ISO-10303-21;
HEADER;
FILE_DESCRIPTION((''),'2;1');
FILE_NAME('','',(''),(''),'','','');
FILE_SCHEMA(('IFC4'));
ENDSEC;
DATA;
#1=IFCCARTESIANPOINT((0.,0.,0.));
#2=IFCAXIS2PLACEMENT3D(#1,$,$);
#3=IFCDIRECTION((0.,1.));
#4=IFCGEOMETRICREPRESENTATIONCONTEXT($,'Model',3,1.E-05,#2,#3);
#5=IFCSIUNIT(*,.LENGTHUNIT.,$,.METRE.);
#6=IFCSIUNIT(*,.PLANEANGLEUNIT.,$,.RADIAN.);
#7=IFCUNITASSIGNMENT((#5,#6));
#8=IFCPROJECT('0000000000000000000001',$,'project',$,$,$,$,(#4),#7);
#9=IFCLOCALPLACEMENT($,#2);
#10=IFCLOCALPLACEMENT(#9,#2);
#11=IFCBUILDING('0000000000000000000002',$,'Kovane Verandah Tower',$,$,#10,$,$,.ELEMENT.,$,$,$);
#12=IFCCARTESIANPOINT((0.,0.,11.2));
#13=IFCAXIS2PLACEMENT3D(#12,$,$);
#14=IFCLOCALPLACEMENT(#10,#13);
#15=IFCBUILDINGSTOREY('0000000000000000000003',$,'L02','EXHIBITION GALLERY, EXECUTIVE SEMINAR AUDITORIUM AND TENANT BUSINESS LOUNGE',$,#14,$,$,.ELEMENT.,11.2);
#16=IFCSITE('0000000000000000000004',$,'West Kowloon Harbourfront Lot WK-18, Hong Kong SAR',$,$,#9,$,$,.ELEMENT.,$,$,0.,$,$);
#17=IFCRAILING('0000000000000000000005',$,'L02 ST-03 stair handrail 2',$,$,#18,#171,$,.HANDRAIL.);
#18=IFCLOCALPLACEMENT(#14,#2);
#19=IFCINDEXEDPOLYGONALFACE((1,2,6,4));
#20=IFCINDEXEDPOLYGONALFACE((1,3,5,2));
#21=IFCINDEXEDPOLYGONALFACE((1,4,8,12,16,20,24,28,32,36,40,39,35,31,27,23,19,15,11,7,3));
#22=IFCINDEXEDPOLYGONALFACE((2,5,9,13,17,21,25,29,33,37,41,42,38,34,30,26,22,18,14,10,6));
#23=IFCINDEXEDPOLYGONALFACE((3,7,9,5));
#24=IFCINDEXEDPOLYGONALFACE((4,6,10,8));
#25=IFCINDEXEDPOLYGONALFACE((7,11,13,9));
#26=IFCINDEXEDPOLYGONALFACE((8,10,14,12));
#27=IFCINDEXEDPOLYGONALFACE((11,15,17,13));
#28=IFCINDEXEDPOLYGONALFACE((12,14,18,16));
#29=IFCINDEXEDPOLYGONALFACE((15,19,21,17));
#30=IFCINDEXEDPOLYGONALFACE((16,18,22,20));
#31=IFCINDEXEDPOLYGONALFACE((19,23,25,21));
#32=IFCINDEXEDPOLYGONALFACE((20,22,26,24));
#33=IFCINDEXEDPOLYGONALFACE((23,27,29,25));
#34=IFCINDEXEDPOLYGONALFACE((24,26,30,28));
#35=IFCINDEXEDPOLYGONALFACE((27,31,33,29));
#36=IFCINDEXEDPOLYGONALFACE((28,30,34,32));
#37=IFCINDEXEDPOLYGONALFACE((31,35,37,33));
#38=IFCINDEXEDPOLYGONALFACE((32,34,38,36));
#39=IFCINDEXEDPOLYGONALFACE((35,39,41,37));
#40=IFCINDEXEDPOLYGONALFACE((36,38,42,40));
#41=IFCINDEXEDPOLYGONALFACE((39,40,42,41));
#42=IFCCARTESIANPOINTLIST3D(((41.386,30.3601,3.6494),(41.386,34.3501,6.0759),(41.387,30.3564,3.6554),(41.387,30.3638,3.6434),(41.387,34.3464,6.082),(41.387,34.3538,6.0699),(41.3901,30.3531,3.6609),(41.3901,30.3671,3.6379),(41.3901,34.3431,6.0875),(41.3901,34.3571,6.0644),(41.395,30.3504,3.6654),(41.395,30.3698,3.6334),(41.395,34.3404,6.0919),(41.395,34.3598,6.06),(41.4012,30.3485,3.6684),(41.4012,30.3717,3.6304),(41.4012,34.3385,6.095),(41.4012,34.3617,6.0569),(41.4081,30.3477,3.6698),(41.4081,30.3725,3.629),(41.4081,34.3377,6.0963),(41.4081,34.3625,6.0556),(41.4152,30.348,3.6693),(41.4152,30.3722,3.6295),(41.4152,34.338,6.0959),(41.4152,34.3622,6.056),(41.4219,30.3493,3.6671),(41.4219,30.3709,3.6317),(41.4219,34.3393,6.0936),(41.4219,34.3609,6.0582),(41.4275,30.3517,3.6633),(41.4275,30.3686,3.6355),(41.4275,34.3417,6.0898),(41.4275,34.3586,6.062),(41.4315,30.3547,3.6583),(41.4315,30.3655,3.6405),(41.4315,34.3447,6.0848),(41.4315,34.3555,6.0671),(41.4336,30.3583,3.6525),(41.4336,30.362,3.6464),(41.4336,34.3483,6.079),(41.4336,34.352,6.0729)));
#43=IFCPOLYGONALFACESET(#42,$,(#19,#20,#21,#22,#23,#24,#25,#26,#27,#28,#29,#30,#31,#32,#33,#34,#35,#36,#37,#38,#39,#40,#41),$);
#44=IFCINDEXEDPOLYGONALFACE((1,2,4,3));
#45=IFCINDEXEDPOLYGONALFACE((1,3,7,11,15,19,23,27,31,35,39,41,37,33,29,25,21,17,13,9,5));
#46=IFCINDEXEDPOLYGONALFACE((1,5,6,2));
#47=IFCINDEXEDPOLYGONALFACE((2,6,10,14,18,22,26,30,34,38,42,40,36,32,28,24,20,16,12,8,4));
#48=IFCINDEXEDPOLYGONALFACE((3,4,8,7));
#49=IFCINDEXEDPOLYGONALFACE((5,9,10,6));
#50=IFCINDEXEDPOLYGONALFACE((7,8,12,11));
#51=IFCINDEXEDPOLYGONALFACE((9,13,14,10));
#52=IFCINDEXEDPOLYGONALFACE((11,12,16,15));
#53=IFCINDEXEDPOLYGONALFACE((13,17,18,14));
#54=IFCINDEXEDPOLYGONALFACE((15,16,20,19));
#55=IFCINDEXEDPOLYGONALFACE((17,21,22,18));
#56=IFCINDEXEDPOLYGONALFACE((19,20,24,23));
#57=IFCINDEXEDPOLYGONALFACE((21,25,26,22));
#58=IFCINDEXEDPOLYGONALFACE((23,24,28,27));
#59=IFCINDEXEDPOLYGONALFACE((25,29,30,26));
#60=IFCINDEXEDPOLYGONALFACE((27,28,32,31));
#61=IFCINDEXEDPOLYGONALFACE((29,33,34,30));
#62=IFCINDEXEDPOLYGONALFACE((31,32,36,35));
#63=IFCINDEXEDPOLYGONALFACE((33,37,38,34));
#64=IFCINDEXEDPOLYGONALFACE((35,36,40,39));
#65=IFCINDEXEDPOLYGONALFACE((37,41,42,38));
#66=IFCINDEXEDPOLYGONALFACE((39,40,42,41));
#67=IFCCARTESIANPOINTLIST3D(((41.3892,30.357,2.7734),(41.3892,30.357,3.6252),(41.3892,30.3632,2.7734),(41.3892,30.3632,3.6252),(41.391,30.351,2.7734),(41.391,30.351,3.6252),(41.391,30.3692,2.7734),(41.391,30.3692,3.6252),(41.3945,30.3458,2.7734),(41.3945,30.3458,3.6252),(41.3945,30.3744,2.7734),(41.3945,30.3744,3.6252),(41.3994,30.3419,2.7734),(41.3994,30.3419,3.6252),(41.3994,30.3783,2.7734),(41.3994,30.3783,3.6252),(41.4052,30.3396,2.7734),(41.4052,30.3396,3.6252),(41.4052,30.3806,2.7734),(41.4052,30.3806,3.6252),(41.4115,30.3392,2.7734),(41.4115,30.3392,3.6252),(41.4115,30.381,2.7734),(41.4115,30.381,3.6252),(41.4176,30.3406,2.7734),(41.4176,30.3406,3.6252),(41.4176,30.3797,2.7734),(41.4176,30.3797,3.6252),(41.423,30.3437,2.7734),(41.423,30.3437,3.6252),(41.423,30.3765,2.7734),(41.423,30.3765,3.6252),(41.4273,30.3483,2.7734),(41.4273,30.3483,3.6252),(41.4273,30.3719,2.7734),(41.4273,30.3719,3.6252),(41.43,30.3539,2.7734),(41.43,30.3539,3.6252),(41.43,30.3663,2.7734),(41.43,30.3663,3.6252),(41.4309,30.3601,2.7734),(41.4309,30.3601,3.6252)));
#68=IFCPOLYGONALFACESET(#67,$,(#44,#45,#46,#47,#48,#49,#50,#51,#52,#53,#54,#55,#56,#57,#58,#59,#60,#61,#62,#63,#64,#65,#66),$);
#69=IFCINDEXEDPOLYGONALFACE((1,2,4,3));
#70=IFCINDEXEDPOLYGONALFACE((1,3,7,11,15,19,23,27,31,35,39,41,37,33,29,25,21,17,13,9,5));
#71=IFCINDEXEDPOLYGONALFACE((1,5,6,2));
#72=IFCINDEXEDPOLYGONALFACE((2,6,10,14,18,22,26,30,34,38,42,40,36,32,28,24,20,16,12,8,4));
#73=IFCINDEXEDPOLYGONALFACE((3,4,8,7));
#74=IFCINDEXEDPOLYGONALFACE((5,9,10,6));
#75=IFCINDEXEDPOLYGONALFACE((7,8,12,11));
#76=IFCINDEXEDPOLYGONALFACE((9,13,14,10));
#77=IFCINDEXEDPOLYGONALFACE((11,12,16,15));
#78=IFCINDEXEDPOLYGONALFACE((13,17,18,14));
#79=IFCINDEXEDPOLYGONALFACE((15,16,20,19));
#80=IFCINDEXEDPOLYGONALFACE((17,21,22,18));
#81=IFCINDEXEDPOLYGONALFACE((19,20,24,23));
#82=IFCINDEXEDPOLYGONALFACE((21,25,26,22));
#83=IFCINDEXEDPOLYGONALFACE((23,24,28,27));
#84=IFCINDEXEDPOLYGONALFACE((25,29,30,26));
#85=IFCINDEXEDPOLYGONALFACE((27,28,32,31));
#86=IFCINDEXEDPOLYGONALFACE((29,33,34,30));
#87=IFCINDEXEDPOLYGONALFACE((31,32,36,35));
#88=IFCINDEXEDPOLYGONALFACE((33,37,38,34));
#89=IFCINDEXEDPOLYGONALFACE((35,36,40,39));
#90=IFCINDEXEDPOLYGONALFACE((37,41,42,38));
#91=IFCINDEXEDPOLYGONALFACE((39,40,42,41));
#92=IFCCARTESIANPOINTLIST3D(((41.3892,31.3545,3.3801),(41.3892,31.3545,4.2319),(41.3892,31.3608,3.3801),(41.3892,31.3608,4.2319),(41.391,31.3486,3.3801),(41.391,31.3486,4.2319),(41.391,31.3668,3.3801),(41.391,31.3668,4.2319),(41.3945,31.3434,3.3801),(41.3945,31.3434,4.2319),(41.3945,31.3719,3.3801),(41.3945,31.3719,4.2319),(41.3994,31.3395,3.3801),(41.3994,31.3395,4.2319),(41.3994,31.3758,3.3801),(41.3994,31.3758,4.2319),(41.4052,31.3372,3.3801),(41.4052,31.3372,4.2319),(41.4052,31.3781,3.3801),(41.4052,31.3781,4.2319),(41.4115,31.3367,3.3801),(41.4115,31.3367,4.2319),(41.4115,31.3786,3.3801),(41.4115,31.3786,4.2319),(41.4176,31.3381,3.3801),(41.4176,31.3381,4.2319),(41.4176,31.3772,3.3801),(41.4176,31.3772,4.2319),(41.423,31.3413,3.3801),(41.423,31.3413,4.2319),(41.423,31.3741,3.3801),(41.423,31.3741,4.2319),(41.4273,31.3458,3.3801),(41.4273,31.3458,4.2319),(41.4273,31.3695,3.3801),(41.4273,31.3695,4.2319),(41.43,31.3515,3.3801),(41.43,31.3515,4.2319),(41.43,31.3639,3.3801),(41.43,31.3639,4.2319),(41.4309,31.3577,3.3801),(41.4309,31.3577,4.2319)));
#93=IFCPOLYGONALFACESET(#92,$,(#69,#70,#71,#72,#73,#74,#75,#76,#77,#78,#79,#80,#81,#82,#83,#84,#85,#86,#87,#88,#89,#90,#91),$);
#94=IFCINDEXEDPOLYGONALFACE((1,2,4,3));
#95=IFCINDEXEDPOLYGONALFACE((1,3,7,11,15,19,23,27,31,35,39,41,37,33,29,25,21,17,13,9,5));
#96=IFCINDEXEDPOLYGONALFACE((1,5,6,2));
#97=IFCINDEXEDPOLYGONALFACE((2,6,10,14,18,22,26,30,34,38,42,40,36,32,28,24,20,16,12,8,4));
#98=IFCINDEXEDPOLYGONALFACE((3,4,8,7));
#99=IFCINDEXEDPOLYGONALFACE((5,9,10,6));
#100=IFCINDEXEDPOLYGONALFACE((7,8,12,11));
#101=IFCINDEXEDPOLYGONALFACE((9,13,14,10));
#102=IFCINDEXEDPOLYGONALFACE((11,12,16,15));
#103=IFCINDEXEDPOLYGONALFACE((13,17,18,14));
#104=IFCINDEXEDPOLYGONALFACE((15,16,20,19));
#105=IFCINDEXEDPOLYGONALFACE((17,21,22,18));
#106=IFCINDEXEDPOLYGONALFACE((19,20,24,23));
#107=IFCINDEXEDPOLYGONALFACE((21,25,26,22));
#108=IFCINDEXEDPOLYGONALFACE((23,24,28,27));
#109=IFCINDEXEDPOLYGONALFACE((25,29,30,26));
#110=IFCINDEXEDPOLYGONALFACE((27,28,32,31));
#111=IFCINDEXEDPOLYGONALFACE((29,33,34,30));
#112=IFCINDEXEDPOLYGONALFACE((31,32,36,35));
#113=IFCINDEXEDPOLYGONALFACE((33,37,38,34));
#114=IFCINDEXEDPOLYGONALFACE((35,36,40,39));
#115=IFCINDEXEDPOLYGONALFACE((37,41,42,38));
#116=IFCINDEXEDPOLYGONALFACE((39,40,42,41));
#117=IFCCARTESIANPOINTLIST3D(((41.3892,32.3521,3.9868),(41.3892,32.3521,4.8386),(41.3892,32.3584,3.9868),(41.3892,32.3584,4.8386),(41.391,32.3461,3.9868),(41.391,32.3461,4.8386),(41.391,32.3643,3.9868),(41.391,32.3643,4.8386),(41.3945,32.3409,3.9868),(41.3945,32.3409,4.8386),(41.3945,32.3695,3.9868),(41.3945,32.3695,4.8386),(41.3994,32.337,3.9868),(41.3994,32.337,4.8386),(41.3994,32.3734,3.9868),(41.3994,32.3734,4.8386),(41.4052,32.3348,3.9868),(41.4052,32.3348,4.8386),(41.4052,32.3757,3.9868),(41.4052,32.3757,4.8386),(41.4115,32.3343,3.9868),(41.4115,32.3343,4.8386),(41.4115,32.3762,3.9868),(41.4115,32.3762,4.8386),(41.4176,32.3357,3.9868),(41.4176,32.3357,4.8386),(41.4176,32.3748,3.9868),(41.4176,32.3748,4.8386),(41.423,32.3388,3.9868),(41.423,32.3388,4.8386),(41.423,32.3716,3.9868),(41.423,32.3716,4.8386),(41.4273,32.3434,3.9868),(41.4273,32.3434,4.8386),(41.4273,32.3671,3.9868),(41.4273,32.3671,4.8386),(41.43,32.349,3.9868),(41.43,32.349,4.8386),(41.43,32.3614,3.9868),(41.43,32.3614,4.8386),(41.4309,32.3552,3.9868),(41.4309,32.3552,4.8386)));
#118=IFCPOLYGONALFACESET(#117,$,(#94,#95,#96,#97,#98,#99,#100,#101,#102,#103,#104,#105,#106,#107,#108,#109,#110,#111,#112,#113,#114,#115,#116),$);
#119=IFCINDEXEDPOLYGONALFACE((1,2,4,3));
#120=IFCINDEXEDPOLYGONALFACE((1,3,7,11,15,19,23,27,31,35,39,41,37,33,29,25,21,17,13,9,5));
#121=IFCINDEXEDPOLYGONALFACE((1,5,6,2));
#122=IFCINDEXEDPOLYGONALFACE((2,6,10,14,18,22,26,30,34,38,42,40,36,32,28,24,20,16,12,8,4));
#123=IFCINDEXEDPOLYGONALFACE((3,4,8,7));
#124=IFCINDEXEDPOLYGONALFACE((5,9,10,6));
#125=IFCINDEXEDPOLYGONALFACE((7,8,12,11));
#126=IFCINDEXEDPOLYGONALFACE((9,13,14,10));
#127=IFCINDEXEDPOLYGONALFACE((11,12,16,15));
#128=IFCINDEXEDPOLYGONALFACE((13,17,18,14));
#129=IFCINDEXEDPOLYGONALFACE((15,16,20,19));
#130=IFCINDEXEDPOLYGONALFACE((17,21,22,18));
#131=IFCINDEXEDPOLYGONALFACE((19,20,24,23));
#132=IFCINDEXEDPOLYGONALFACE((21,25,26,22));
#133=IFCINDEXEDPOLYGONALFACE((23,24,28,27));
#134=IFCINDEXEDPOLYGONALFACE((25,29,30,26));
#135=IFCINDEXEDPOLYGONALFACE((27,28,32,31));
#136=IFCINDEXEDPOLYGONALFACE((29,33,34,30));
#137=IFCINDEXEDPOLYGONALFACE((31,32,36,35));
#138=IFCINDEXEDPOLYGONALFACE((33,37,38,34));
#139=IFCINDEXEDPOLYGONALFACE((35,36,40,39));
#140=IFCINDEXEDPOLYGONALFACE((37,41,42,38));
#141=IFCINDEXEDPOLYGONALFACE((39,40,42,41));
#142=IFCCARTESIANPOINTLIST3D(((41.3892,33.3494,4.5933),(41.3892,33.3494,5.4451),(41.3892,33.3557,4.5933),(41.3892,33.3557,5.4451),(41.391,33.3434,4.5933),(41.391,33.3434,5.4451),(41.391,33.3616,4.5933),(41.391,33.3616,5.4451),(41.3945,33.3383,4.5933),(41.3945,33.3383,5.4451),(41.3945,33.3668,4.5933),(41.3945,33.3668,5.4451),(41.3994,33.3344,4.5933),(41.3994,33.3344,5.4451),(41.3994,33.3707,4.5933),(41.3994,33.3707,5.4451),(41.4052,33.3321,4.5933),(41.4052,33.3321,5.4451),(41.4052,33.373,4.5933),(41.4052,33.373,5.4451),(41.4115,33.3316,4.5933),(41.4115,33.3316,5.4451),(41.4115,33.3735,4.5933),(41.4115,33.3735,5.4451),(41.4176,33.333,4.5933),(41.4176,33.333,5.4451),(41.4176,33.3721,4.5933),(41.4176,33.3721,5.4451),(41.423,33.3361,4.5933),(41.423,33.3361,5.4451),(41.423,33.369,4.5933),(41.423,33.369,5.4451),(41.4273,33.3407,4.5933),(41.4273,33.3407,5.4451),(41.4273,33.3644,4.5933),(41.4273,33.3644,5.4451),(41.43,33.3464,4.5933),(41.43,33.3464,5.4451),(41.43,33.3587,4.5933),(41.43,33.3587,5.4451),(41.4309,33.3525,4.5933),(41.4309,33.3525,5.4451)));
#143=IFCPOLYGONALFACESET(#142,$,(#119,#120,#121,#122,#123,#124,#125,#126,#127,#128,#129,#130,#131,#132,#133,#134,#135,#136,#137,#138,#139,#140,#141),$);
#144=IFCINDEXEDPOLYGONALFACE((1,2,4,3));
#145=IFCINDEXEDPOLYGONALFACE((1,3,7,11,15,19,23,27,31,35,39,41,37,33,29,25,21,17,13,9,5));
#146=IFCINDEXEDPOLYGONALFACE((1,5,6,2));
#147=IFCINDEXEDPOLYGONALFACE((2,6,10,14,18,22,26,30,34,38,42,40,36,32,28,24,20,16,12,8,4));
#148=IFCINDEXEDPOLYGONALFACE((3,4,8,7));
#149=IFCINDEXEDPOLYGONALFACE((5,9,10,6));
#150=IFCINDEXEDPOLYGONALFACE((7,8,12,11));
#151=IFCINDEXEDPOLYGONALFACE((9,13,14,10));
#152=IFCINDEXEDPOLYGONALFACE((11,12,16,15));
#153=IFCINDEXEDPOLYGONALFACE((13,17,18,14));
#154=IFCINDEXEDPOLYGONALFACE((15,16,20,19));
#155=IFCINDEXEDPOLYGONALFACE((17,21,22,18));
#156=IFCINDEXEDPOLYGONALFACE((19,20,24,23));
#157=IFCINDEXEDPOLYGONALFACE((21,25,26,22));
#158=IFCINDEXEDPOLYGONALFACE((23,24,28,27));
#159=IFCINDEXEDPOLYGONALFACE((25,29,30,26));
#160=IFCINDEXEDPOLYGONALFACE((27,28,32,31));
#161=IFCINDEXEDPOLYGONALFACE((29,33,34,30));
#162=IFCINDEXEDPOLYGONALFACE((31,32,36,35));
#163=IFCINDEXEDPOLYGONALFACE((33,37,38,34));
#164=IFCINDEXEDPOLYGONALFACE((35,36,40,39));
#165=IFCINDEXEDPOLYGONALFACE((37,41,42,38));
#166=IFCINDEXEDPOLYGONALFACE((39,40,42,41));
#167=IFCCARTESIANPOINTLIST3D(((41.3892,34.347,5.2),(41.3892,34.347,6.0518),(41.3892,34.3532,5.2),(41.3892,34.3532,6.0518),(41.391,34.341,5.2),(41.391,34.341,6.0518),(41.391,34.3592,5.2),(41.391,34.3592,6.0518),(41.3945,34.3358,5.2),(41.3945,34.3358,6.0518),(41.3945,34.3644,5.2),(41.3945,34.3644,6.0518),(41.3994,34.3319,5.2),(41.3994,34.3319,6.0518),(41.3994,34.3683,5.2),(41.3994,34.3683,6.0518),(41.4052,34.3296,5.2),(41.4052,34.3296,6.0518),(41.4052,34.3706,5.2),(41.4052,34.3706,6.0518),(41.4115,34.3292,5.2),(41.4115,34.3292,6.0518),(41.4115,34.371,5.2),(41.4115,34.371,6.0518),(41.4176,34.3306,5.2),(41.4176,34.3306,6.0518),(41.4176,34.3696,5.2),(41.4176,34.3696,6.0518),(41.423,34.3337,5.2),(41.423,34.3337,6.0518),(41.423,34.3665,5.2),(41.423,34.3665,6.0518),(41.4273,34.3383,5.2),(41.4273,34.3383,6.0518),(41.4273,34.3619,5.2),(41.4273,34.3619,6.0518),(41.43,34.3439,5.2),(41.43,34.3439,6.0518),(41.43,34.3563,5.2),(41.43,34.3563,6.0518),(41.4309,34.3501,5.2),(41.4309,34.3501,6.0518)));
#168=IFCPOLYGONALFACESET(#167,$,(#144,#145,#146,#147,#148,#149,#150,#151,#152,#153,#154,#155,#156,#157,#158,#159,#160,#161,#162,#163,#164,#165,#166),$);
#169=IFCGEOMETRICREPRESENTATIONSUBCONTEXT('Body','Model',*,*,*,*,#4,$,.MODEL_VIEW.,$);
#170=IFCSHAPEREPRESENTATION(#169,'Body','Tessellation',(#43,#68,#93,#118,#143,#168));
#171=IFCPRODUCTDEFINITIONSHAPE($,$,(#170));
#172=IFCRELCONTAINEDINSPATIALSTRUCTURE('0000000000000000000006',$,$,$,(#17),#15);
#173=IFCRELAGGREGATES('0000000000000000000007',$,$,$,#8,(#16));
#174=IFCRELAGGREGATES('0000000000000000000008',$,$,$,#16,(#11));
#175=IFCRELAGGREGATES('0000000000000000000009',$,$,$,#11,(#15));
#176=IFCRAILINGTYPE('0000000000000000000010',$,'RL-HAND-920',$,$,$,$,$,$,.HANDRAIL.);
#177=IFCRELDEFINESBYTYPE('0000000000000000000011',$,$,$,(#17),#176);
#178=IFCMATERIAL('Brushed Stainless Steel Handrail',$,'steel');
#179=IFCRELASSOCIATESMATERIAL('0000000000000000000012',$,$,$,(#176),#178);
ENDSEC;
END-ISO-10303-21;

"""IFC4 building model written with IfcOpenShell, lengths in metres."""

from ifc_helpers import new_model, si_unit, direction, frame, origin, origin_2d, place, context, subcontext, project, spatial, circle, extrude, material, type_object, element, save


model = new_model("IFC4")

# Units and contexts
model_context = context("Model", 3, precision=1e-05, world=origin(), true_north=direction((0.0, 1.0)))
body_context = subcontext(model_context, "Body", "Model", "MODEL_VIEW")
ifc_project = project(units=[si_unit("LENGTHUNIT", "METRE"), si_unit("PLANEANGLEUNIT", "RADIAN")], contexts=[model_context])

# Site, building, storey
site_placement = place(None, origin())
site = spatial("IfcSite", under=ifc_project, at=site_placement, Name="West Kowloon Harbourfront Lot WK-18, Hong Kong SAR", CompositionType="ELEMENT", RefElevation=0.0)
building_placement = place(site_placement, origin())
building = spatial("IfcBuilding", under=site, at=building_placement, Name="Kovane Verandah Tower", CompositionType="ELEMENT")
storey_placement = place(building_placement, frame((0.0, 0.0, 11.2)))
storey = spatial("IfcBuildingStorey", under=building, at=storey_placement, Name="L02", Description="EXHIBITION GALLERY, EXECUTIVE SEMINAR AUDITORIUM AND TENANT BUSINESS LOUNGE", CompositionType="ELEMENT", Elevation=11.2)

# Railing
ifc_material_1 = material(Name="Brushed Stainless Steel Handrail", Category="steel")
railing_type_1 = type_object("IfcRailingType", Name="RL-HAND-920", PredefinedType="HANDRAIL", material=ifc_material_1)
railing_1_placement = place(storey_placement, frame((41.4099, 30.3601, 2.7734)))
element("IfcRailing", 1, at=railing_1_placement, inside=storey, type_object=railing_type_1, Name="L02 ST-03 stair handrail 2", PredefinedType="HANDRAIL", context=body_context, shape_type="SweptSolid", body=[
    extrude(circle(Radius=0.0239, at=origin_2d()), frame((0.0, 0.0, 0.876), z_axis=(0.0, 0.854405, 0.519607), x_axis=(-1.0, 0.0, 0.0)), (0.0, 0.0, 1.0), 4.6699),
    extrude(circle(Radius=0.021, at=origin_2d()), origin(), (0.0, 0.0, 1.0), 0.8518),
    extrude(circle(Radius=0.021, at=origin_2d()), frame((0.0, 0.9976, 0.6067)), (0.0, 0.0, 1.0), 0.8518),
    extrude(circle(Radius=0.021, at=origin_2d()), frame((0.0, 1.9951, 1.2134)), (0.0, 0.0, 1.0), 0.8518),
    extrude(circle(Radius=0.021, at=origin_2d()), frame((0.0, 2.9924, 1.8198)), (0.0, 0.0, 1.0), 0.8518),
    extrude(circle(Radius=0.021, at=origin_2d()), frame((0.0, 3.99, 2.4265)), (0.0, 0.0, 1.0), 0.8518),
])

save(model, "model.ifc")
